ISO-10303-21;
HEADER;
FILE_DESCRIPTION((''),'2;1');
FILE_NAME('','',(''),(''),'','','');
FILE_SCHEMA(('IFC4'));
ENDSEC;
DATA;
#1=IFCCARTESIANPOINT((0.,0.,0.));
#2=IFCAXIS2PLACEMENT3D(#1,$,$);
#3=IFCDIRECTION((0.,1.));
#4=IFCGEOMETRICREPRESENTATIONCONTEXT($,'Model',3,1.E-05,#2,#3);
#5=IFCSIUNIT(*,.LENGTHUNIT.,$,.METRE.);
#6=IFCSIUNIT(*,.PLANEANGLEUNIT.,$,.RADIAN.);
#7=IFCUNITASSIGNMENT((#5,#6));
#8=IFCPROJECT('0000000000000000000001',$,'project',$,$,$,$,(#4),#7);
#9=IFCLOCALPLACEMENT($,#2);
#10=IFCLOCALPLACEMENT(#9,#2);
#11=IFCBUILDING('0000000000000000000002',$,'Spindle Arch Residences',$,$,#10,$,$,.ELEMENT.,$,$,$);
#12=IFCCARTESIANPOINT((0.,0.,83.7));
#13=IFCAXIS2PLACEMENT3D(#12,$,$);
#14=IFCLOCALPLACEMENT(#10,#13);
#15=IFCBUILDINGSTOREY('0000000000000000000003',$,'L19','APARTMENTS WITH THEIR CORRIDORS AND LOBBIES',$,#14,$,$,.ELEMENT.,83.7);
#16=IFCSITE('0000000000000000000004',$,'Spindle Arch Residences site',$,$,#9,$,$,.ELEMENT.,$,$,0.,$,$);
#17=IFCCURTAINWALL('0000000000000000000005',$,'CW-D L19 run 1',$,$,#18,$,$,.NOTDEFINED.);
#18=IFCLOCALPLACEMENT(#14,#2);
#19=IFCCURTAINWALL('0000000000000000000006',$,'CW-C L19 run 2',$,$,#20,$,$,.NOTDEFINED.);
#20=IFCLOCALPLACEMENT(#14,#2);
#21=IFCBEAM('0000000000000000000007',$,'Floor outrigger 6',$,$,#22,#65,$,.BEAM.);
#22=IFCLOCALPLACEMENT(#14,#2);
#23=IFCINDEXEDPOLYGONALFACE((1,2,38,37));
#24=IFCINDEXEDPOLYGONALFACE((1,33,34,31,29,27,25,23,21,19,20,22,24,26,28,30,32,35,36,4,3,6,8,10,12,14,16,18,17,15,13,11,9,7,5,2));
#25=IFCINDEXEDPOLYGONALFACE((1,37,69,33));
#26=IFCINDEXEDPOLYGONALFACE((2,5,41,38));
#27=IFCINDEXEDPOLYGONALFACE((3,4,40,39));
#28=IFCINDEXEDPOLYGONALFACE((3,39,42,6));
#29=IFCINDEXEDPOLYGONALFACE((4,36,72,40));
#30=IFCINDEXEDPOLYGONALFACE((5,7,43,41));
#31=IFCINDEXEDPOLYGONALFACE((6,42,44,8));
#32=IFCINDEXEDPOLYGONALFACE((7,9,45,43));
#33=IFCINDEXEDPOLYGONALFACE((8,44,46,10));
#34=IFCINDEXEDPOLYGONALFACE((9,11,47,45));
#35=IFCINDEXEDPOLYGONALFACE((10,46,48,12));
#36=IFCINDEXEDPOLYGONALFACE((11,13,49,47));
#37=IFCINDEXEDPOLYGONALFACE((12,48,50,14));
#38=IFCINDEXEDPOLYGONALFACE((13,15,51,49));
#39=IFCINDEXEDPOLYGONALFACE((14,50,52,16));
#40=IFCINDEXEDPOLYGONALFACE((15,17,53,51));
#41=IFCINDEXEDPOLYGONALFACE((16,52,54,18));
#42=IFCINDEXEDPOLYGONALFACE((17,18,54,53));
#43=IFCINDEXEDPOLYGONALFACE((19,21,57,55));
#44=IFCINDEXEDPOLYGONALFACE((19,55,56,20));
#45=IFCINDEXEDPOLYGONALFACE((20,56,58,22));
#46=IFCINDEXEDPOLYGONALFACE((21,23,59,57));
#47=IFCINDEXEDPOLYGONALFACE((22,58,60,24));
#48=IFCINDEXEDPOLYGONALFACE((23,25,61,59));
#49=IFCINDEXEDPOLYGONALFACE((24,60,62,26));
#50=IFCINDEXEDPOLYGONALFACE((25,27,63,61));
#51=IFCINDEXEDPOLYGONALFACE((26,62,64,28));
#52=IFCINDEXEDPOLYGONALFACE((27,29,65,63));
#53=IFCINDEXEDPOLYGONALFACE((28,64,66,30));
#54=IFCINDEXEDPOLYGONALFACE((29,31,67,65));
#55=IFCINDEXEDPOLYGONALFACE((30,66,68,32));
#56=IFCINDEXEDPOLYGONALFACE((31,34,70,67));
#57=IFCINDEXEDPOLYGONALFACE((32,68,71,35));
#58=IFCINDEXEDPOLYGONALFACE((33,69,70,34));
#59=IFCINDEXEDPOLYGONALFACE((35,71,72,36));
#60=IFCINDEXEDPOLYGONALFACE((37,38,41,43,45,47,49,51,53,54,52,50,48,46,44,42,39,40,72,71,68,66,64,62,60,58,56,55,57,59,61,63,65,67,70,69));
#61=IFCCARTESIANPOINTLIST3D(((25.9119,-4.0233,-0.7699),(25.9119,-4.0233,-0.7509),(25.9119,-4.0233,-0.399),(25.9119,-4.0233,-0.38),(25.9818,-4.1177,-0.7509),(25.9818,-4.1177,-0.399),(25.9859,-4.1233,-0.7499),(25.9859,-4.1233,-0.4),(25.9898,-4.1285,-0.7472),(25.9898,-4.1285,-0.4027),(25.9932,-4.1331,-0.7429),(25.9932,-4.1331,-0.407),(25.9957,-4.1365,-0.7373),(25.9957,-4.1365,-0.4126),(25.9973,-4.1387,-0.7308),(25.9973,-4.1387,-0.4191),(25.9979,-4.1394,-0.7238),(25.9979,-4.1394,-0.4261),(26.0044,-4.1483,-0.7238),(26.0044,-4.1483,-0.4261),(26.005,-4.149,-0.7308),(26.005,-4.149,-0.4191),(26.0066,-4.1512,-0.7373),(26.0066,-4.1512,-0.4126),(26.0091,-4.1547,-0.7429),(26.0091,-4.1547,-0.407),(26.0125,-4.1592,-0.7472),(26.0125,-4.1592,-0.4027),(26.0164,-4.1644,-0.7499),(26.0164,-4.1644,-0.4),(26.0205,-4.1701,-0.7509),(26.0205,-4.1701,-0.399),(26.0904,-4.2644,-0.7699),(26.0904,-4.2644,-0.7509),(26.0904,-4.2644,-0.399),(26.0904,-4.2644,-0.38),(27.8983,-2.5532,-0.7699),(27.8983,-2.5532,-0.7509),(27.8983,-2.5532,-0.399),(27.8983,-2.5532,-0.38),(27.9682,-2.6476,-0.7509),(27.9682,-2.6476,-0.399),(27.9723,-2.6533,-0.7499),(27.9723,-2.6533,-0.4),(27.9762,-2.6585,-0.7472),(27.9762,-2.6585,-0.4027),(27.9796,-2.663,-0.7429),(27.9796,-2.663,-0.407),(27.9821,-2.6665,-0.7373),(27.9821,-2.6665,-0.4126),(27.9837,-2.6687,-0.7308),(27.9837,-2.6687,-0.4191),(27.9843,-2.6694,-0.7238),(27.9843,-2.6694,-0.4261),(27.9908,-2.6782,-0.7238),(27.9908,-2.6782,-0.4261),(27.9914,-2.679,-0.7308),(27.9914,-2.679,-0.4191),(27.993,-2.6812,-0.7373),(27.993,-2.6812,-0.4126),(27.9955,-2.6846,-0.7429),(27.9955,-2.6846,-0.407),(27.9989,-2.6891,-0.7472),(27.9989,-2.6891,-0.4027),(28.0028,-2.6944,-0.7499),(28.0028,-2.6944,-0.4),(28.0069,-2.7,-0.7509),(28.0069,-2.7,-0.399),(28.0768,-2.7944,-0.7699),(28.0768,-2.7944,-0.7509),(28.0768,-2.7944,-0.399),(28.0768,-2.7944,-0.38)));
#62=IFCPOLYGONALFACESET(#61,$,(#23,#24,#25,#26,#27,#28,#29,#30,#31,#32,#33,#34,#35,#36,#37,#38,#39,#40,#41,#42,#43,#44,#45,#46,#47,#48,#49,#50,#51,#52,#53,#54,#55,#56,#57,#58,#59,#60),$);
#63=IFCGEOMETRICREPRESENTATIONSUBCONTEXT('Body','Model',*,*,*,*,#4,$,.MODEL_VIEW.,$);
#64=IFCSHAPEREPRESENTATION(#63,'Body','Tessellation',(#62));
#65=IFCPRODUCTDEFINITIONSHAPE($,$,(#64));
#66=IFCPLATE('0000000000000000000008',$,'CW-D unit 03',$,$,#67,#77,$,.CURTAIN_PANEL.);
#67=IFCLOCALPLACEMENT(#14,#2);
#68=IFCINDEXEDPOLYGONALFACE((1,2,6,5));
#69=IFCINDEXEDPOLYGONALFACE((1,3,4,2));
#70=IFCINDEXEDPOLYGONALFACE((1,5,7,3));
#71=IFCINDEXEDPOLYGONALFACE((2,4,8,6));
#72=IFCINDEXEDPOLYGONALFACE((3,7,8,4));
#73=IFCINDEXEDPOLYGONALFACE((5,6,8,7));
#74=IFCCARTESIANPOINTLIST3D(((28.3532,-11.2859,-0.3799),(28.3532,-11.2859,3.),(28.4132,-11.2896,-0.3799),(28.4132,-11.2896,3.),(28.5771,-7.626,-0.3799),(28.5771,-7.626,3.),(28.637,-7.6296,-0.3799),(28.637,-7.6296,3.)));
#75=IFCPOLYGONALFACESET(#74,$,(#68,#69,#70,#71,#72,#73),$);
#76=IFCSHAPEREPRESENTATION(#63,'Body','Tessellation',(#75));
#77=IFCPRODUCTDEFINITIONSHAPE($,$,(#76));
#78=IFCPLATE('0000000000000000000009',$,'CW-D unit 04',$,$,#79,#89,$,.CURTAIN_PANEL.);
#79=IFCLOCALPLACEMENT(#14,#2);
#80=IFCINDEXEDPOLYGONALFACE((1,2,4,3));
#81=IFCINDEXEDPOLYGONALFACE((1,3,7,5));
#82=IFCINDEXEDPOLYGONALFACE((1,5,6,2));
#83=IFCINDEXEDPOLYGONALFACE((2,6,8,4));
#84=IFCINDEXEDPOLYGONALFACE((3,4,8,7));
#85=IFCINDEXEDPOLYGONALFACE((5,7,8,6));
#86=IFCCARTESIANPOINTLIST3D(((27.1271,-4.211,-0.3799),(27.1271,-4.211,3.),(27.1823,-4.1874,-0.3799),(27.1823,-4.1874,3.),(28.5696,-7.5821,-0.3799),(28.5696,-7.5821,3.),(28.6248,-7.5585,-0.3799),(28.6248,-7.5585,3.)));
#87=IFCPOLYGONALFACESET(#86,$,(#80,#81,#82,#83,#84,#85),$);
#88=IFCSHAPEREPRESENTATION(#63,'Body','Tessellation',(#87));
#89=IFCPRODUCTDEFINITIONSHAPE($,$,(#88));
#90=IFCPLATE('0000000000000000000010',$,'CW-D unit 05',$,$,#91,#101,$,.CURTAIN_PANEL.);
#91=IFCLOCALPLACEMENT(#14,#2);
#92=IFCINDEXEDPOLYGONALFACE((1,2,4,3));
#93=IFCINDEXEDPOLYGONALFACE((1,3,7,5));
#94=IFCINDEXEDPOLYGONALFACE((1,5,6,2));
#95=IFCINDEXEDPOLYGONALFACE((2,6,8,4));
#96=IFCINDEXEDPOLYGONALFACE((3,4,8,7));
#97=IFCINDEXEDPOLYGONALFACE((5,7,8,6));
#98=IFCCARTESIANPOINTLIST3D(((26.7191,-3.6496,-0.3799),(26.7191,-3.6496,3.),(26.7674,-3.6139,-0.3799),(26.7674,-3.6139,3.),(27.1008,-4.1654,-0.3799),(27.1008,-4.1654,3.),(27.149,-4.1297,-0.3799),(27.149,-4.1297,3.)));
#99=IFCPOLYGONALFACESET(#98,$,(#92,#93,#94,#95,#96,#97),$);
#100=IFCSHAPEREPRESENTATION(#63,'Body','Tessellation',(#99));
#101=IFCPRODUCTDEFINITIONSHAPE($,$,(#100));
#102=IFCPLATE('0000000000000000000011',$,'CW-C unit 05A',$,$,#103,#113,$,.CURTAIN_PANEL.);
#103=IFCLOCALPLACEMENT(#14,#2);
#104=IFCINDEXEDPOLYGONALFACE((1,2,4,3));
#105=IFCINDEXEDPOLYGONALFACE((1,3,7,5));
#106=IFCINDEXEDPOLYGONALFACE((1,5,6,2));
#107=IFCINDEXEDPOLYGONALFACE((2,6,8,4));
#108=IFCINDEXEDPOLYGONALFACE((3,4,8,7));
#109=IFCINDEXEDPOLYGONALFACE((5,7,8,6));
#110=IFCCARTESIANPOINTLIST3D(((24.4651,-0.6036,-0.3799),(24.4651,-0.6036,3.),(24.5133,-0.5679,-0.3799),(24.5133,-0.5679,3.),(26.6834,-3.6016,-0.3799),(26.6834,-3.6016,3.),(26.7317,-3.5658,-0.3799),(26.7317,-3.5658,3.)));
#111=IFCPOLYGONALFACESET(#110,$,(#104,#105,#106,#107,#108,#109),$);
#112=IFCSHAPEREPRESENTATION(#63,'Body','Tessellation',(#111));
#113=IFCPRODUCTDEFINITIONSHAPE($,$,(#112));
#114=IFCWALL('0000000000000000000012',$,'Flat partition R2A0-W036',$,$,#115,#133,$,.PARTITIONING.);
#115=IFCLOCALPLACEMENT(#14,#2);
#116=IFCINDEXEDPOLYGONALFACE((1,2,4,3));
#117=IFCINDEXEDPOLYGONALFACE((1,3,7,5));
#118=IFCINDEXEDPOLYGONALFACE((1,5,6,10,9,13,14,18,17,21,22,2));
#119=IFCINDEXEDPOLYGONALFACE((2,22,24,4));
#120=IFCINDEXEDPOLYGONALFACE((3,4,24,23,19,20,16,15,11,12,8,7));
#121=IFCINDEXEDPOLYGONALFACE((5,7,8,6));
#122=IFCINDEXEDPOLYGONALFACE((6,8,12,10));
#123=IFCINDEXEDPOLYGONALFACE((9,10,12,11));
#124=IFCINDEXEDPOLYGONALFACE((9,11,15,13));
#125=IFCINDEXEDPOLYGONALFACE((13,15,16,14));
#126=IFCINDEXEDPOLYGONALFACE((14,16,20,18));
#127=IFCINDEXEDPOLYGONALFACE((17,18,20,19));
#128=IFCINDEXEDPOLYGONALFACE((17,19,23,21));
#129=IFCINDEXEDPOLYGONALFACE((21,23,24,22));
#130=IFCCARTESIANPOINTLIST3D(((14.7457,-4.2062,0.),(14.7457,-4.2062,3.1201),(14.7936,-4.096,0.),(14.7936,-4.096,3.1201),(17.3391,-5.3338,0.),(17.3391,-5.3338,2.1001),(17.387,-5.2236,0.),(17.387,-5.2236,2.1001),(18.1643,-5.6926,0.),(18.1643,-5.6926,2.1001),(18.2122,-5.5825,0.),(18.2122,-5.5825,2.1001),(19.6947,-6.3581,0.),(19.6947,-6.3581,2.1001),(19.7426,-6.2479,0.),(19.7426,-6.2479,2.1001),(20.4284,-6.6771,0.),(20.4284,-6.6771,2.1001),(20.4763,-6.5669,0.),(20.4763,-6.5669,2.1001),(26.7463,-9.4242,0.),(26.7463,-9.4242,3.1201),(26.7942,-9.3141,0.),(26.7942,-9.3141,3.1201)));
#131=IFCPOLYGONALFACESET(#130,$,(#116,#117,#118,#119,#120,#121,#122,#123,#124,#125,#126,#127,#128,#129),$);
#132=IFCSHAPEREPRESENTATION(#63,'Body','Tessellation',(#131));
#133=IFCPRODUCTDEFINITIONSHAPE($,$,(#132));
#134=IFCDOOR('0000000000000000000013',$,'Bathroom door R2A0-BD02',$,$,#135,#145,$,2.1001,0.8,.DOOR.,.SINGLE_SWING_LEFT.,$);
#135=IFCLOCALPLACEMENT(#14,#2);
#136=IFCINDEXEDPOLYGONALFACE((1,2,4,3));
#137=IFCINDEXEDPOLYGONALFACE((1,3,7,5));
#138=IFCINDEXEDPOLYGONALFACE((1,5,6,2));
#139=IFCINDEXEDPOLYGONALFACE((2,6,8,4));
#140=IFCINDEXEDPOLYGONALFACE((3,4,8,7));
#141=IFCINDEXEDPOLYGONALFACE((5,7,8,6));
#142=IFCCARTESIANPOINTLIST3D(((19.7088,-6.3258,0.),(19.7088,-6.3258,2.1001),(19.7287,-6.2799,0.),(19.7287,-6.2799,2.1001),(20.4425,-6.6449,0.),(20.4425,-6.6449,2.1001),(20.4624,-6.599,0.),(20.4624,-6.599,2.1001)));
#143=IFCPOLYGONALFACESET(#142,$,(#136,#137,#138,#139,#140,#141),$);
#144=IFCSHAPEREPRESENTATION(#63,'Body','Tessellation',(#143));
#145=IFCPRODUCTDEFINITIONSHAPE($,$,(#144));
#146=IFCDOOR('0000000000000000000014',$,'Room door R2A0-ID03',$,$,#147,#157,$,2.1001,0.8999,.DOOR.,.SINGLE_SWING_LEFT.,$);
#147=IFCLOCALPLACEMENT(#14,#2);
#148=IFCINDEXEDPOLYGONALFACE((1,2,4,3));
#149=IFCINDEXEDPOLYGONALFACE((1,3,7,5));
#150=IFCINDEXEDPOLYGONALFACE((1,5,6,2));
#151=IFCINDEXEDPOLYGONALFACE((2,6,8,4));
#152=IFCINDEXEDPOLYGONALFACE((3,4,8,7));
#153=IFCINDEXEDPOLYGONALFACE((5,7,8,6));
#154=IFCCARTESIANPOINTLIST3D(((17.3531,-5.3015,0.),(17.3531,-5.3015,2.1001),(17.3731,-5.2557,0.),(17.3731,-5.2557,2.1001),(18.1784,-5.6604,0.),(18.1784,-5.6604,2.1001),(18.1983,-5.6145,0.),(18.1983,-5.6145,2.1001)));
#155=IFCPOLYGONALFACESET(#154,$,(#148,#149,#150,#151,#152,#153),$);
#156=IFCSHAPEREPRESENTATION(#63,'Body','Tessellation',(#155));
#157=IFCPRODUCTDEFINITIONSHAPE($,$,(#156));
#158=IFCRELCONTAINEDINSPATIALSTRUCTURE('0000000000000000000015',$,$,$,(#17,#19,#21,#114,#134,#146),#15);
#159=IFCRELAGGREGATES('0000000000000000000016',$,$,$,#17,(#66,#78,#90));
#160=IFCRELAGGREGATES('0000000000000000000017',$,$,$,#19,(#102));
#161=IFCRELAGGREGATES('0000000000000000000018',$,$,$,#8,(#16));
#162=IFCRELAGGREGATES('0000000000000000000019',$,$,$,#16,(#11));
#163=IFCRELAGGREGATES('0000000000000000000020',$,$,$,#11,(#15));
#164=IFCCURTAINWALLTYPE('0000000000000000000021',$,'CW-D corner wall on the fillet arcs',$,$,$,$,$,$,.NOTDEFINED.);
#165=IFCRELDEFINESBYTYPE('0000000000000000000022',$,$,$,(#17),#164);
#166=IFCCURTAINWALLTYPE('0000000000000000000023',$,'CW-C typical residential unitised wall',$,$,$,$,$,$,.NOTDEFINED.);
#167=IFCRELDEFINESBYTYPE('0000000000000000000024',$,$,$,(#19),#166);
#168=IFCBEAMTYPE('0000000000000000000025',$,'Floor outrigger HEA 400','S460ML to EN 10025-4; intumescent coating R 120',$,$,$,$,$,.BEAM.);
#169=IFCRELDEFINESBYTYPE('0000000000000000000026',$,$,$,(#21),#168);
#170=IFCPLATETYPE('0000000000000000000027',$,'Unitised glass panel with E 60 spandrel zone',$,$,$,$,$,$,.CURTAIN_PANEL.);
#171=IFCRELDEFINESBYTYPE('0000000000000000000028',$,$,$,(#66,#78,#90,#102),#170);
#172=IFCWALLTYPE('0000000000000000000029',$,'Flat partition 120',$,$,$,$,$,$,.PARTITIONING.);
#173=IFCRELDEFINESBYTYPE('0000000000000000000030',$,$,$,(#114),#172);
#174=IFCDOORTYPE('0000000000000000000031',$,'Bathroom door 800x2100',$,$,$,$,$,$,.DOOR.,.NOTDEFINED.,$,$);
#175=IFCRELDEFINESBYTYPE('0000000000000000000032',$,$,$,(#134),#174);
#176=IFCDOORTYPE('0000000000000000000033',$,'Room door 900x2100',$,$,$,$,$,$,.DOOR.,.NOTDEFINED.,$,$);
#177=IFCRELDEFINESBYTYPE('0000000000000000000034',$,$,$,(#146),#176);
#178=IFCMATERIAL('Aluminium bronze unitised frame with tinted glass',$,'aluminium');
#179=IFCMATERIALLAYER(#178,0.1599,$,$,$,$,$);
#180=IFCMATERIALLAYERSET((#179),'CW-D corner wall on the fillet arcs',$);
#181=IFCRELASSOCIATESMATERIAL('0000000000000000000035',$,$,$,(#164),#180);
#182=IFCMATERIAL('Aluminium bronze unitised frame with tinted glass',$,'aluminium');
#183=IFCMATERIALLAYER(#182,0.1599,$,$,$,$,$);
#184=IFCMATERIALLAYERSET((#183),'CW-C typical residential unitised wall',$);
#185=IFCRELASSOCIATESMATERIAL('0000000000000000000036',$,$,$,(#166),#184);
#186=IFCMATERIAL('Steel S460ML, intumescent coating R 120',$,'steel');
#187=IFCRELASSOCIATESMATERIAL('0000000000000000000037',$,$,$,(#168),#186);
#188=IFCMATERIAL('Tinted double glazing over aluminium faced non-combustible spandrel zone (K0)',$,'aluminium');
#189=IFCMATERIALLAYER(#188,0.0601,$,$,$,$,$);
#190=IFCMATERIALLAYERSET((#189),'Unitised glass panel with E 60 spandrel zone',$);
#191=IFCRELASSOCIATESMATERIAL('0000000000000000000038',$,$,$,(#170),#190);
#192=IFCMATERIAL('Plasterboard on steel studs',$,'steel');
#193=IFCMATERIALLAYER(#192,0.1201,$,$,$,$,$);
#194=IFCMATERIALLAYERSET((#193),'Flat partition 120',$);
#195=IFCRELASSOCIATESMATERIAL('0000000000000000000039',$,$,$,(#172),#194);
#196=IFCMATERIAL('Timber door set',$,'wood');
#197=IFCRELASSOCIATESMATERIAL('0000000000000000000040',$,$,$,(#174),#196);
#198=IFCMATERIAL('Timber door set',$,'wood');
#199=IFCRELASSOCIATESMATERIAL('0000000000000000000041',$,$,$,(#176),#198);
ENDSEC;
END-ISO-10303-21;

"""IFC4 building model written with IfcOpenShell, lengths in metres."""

from ifc_helpers import new_model, si_unit, direction, frame, frame_2d, origin, origin_2d, place, context, subcontext, project, spatial, rectangle, i_section, extrude, material, layer, layer_set, material_profile, profile_set, type_object, element, fill, aggregate, save


model = new_model("IFC4")

# Units and contexts
model_context = context("Model", 3, precision=1e-05, world=origin(), true_north=direction((0.0, 1.0)))
body_context = subcontext(model_context, "Body", "Model", "MODEL_VIEW")
ifc_project = project(units=[si_unit("LENGTHUNIT", "METRE"), si_unit("PLANEANGLEUNIT", "RADIAN")], contexts=[model_context])

# Site, building, storey
site_placement = place(None, origin())
site = spatial("IfcSite", under=ifc_project, at=site_placement, Name="Spindle Arch Residences site", CompositionType="ELEMENT", RefElevation=0.0)
building_placement = place(site_placement, origin())
building = spatial("IfcBuilding", under=site, at=building_placement, Name="Spindle Arch Residences", CompositionType="ELEMENT")
storey_placement = place(building_placement, frame((0.0, 0.0, 83.7)))
storey = spatial("IfcBuildingStorey", under=building, at=storey_placement, Name="L19", Description="APARTMENTS WITH THEIR CORRIDORS AND LOBBIES", CompositionType="ELEMENT", Elevation=83.7)

# Curtain wall
ifc_material_1 = material(Name="Aluminium bronze unitised frame with tinted glass", Category="aluminium")
ifc_layer_1 = layer(ifc_material_1, 0.1599)
ifc_layer_set_1 = layer_set([ifc_layer_1], Name="CW-D corner wall on the fillet arcs")
curtain_wall_type_1 = type_object("IfcCurtainWallType", Name="CW-D corner wall on the fillet arcs", PredefinedType="NOTDEFINED", material=ifc_layer_set_1)
curtain_wall_1_placement = place(storey_placement, origin())
curtain_wall_1 = element("IfcCurtainWall", 1, at=curtain_wall_1_placement, inside=storey, type_object=curtain_wall_type_1, Name="CW-D L19 run 1", PredefinedType="NOTDEFINED")

# Curtain wall
ifc_material_2 = material(Name="Aluminium bronze unitised frame with tinted glass", Category="aluminium")
ifc_layer_2 = layer(ifc_material_2, 0.1599)
ifc_layer_set_2 = layer_set([ifc_layer_2], Name="CW-C typical residential unitised wall")
curtain_wall_type_2 = type_object("IfcCurtainWallType", Name="CW-C typical residential unitised wall", PredefinedType="NOTDEFINED", material=ifc_layer_set_2)
curtain_wall_2_placement = place(storey_placement, origin())
curtain_wall_2 = element("IfcCurtainWall", 2, at=curtain_wall_2_placement, inside=storey, type_object=curtain_wall_type_2, Name="CW-C L19 run 2", PredefinedType="NOTDEFINED")

# Beam
ifc_material_3 = material(Name="Steel S460ML, intumescent coating R 120", Category="steel")
ifc_material_profile_1 = material_profile(ifc_material_3, i_section(OverallWidth=0.3, OverallDepth=0.3899, WebThickness=0.011, FlangeThickness=0.019, FilletRadius=0.0271, at=origin_2d()), Name="HEA 400")
ifc_profile_set_1 = profile_set([ifc_material_profile_1], Name="Steel S460ML, intumescent coating R 120")
beam_type_1 = type_object("IfcBeamType", Name="Floor outrigger HEA 400", Description="S460ML to EN 10025-4; intumescent coating R 120", PredefinedType="BEAM", material=ifc_profile_set_1)
beam_1_placement = place(storey_placement, frame((27.9875, -2.6738, -0.575), z_axis=(-0.803825, -0.594866, 0.0), x_axis=(0.594866, -0.803825, 0.0)))
element("IfcBeam", 3, at=beam_1_placement, inside=storey, type_object=beam_type_1, Name="Floor outrigger 6", PredefinedType="BEAM", context=body_context, shape_type="SweptSolid", body=[
    extrude(i_section(OverallWidth=0.3, OverallDepth=0.3899, WebThickness=0.011, FlangeThickness=0.019, FilletRadius=0.0271, at=origin_2d()), origin(), (0.0, 0.0, 1.0), 2.4712),
])

# Plates
ifc_material_4 = material(Name="Tinted double glazing over aluminium faced non-combustible spandrel zone (K0)", Category="aluminium")
ifc_layer_3 = layer(ifc_material_4, 0.0601)
ifc_layer_set_3 = layer_set([ifc_layer_3], Name="Unitised glass panel with E 60 spandrel zone")
plate_type = type_object("IfcPlateType", Name="Unitised glass panel with E 60 spandrel zone", PredefinedType="CURTAIN_PANEL", material=ifc_layer_set_3)
plate_1_placement = place(storey_placement, frame((28.4951, -9.4578, -0.3799), z_axis=(0.0, 0.0, 1.0), x_axis=(0.061049, 0.998135, 0.0)))
plate_1 = element("IfcPlate", 4, at=plate_1_placement, type_object=plate_type, Name="CW-D unit 03", PredefinedType="CURTAIN_PANEL", context=body_context, shape_type="SweptSolid", body=[
    extrude(rectangle(XDim=3.6667, YDim=0.0601, at=origin_2d()), origin(), (0.0, 0.0, 1.0), 3.3799),
])
plate_2_placement = place(storey_placement, frame((27.876, -5.8848, -0.3799), z_axis=(0.0, 0.0, 1.0), x_axis=(-0.393407, 0.919364, 0.0)))
plate_2 = element("IfcPlate", 5, at=plate_2_placement, type_object=plate_type, Name="CW-D unit 04", PredefinedType="CURTAIN_PANEL", context=body_context, shape_type="SweptSolid", body=[
    extrude(rectangle(XDim=3.6667, YDim=0.0601, at=origin_2d()), origin(), (0.0, 0.0, 1.0), 3.3799),
])
plate_3_placement = place(storey_placement, frame((26.9341, -3.8896, -0.3799), z_axis=(0.0, 0.0, 1.0), x_axis=(-0.594823, 0.803857, 0.0)))
plate_3 = element("IfcPlate", 6, at=plate_3_placement, type_object=plate_type, Name="CW-D unit 05", PredefinedType="CURTAIN_PANEL", context=body_context, shape_type="SweptSolid", body=[
    extrude(rectangle(XDim=0.6416, YDim=0.0601, at=origin_2d()), origin(), (0.0, 0.0, 1.0), 3.3799),
])
aggregate(curtain_wall_1, [plate_1, plate_2, plate_3])
plate_4_placement = place(storey_placement, frame((25.5984, -2.0847, -0.3799), z_axis=(0.0, 0.0, 1.0), x_axis=(-0.594823, 0.803857, 0.0)))
plate_4 = element("IfcPlate", 7, at=plate_4_placement, type_object=plate_type, Name="CW-C unit 05A", PredefinedType="CURTAIN_PANEL", context=body_context, shape_type="SweptSolid", body=[
    extrude(rectangle(XDim=3.7295, YDim=0.0601, at=origin_2d()), origin(), (0.0, 0.0, 1.0), 3.3799),
])
aggregate(curtain_wall_2, [plate_4])

# Wall, openings, doors
ifc_material_5 = material(Name="Plasterboard on steel studs", Category="steel")
ifc_layer_4 = layer(ifc_material_5, 0.1201)
ifc_layer_set_4 = layer_set([ifc_layer_4], Name="Flat partition 120")
wall_type_1 = type_object("IfcWallType", Name="Flat partition 120", PredefinedType="PARTITIONING", material=ifc_layer_set_4)
wall_1_placement = place(storey_placement, frame((26.7703, -9.3691, 0.0), z_axis=(0.0, 0.0, 1.0), x_axis=(-0.917058, 0.398753, 0.0)))
wall_1 = element("IfcWall", 8, at=wall_1_placement, inside=storey, type_object=wall_type_1, Name="Flat partition R2A0-W036", PredefinedType="PARTITIONING", context=body_context, shape_type="SweptSolid", body=[
    extrude(rectangle(XDim=13.0859, YDim=0.1201, at=frame_2d((6.543, 0.0))), origin(), (0.0, 0.0, 1.0), 3.1201),
])
opening_1_placement = place(wall_1_placement, frame((6.8894, 0.0, 0.0)))
opening_1 = element("IfcOpeningElement", 9, at=opening_1_placement, cuts=wall_1, PredefinedType="OPENING", context=body_context, shape_type="SweptSolid", body=[
    extrude(rectangle(XDim=0.8, YDim=2.1001, at=frame_2d((0.3999, 1.05))), frame((0.0, 0.0701, 0.0), z_axis=(0.0, -1.0, 0.0), x_axis=(1.0, 0.0, 0.0)), (0.0, 0.0, 1.0), 0.1401),
])
opening_2_placement = place(wall_1_placement, frame((9.3582, 0.0, 0.0)))
opening_2 = element("IfcOpeningElement", 10, at=opening_2_placement, cuts=wall_1, PredefinedType="OPENING", context=body_context, shape_type="SweptSolid", body=[
    extrude(rectangle(XDim=0.8999, YDim=2.1001, at=frame_2d((0.45, 1.05))), frame((0.0, 0.0701, 0.0), z_axis=(0.0, -1.0, 0.0), x_axis=(1.0, 0.0, 0.0)), (0.0, 0.0, 1.0), 0.1401),
])
ifc_material_6 = material(Name="Timber door set", Category="wood")
door_type_1 = type_object("IfcDoorType", Name="Bathroom door 800x2100", OperationType="NOTDEFINED", PredefinedType="DOOR", material=ifc_material_6)
door_1_placement = place(opening_1_placement, origin())
door_1 = element("IfcDoor", 11, at=door_1_placement, inside=storey, type_object=door_type_1, Name="Bathroom door R2A0-BD02", OperationType="SINGLE_SWING_LEFT", OverallHeight=2.1001, OverallWidth=0.8, PredefinedType="DOOR", context=body_context, shape_type="SweptSolid", body=[
    extrude(rectangle(XDim=0.8, YDim=2.1001, at=frame_2d((0.3999, 1.05))), frame((0.0, 0.0249, 0.0), z_axis=(0.0, -1.0, 0.0), x_axis=(1.0, 0.0, 0.0)), (0.0, 0.0, 1.0), 0.05),
])
fill(opening_1, door_1)
ifc_material_7 = material(Name="Timber door set", Category="wood")
door_type_2 = type_object("IfcDoorType", Name="Room door 900x2100", OperationType="NOTDEFINED", PredefinedType="DOOR", material=ifc_material_7)
door_2_placement = place(opening_2_placement, origin())
door_2 = element("IfcDoor", 12, at=door_2_placement, inside=storey, type_object=door_type_2, Name="Room door R2A0-ID03", OperationType="SINGLE_SWING_LEFT", OverallHeight=2.1001, OverallWidth=0.8999, PredefinedType="DOOR", context=body_context, shape_type="SweptSolid", body=[
    extrude(rectangle(XDim=0.8999, YDim=2.1001, at=frame_2d((0.45, 1.05))), frame((0.0, 0.0249, 0.0), z_axis=(0.0, -1.0, 0.0), x_axis=(1.0, 0.0, 0.0)), (0.0, 0.0, 1.0), 0.05),
])
fill(opening_2, door_2)

save(model, "model.ifc")
